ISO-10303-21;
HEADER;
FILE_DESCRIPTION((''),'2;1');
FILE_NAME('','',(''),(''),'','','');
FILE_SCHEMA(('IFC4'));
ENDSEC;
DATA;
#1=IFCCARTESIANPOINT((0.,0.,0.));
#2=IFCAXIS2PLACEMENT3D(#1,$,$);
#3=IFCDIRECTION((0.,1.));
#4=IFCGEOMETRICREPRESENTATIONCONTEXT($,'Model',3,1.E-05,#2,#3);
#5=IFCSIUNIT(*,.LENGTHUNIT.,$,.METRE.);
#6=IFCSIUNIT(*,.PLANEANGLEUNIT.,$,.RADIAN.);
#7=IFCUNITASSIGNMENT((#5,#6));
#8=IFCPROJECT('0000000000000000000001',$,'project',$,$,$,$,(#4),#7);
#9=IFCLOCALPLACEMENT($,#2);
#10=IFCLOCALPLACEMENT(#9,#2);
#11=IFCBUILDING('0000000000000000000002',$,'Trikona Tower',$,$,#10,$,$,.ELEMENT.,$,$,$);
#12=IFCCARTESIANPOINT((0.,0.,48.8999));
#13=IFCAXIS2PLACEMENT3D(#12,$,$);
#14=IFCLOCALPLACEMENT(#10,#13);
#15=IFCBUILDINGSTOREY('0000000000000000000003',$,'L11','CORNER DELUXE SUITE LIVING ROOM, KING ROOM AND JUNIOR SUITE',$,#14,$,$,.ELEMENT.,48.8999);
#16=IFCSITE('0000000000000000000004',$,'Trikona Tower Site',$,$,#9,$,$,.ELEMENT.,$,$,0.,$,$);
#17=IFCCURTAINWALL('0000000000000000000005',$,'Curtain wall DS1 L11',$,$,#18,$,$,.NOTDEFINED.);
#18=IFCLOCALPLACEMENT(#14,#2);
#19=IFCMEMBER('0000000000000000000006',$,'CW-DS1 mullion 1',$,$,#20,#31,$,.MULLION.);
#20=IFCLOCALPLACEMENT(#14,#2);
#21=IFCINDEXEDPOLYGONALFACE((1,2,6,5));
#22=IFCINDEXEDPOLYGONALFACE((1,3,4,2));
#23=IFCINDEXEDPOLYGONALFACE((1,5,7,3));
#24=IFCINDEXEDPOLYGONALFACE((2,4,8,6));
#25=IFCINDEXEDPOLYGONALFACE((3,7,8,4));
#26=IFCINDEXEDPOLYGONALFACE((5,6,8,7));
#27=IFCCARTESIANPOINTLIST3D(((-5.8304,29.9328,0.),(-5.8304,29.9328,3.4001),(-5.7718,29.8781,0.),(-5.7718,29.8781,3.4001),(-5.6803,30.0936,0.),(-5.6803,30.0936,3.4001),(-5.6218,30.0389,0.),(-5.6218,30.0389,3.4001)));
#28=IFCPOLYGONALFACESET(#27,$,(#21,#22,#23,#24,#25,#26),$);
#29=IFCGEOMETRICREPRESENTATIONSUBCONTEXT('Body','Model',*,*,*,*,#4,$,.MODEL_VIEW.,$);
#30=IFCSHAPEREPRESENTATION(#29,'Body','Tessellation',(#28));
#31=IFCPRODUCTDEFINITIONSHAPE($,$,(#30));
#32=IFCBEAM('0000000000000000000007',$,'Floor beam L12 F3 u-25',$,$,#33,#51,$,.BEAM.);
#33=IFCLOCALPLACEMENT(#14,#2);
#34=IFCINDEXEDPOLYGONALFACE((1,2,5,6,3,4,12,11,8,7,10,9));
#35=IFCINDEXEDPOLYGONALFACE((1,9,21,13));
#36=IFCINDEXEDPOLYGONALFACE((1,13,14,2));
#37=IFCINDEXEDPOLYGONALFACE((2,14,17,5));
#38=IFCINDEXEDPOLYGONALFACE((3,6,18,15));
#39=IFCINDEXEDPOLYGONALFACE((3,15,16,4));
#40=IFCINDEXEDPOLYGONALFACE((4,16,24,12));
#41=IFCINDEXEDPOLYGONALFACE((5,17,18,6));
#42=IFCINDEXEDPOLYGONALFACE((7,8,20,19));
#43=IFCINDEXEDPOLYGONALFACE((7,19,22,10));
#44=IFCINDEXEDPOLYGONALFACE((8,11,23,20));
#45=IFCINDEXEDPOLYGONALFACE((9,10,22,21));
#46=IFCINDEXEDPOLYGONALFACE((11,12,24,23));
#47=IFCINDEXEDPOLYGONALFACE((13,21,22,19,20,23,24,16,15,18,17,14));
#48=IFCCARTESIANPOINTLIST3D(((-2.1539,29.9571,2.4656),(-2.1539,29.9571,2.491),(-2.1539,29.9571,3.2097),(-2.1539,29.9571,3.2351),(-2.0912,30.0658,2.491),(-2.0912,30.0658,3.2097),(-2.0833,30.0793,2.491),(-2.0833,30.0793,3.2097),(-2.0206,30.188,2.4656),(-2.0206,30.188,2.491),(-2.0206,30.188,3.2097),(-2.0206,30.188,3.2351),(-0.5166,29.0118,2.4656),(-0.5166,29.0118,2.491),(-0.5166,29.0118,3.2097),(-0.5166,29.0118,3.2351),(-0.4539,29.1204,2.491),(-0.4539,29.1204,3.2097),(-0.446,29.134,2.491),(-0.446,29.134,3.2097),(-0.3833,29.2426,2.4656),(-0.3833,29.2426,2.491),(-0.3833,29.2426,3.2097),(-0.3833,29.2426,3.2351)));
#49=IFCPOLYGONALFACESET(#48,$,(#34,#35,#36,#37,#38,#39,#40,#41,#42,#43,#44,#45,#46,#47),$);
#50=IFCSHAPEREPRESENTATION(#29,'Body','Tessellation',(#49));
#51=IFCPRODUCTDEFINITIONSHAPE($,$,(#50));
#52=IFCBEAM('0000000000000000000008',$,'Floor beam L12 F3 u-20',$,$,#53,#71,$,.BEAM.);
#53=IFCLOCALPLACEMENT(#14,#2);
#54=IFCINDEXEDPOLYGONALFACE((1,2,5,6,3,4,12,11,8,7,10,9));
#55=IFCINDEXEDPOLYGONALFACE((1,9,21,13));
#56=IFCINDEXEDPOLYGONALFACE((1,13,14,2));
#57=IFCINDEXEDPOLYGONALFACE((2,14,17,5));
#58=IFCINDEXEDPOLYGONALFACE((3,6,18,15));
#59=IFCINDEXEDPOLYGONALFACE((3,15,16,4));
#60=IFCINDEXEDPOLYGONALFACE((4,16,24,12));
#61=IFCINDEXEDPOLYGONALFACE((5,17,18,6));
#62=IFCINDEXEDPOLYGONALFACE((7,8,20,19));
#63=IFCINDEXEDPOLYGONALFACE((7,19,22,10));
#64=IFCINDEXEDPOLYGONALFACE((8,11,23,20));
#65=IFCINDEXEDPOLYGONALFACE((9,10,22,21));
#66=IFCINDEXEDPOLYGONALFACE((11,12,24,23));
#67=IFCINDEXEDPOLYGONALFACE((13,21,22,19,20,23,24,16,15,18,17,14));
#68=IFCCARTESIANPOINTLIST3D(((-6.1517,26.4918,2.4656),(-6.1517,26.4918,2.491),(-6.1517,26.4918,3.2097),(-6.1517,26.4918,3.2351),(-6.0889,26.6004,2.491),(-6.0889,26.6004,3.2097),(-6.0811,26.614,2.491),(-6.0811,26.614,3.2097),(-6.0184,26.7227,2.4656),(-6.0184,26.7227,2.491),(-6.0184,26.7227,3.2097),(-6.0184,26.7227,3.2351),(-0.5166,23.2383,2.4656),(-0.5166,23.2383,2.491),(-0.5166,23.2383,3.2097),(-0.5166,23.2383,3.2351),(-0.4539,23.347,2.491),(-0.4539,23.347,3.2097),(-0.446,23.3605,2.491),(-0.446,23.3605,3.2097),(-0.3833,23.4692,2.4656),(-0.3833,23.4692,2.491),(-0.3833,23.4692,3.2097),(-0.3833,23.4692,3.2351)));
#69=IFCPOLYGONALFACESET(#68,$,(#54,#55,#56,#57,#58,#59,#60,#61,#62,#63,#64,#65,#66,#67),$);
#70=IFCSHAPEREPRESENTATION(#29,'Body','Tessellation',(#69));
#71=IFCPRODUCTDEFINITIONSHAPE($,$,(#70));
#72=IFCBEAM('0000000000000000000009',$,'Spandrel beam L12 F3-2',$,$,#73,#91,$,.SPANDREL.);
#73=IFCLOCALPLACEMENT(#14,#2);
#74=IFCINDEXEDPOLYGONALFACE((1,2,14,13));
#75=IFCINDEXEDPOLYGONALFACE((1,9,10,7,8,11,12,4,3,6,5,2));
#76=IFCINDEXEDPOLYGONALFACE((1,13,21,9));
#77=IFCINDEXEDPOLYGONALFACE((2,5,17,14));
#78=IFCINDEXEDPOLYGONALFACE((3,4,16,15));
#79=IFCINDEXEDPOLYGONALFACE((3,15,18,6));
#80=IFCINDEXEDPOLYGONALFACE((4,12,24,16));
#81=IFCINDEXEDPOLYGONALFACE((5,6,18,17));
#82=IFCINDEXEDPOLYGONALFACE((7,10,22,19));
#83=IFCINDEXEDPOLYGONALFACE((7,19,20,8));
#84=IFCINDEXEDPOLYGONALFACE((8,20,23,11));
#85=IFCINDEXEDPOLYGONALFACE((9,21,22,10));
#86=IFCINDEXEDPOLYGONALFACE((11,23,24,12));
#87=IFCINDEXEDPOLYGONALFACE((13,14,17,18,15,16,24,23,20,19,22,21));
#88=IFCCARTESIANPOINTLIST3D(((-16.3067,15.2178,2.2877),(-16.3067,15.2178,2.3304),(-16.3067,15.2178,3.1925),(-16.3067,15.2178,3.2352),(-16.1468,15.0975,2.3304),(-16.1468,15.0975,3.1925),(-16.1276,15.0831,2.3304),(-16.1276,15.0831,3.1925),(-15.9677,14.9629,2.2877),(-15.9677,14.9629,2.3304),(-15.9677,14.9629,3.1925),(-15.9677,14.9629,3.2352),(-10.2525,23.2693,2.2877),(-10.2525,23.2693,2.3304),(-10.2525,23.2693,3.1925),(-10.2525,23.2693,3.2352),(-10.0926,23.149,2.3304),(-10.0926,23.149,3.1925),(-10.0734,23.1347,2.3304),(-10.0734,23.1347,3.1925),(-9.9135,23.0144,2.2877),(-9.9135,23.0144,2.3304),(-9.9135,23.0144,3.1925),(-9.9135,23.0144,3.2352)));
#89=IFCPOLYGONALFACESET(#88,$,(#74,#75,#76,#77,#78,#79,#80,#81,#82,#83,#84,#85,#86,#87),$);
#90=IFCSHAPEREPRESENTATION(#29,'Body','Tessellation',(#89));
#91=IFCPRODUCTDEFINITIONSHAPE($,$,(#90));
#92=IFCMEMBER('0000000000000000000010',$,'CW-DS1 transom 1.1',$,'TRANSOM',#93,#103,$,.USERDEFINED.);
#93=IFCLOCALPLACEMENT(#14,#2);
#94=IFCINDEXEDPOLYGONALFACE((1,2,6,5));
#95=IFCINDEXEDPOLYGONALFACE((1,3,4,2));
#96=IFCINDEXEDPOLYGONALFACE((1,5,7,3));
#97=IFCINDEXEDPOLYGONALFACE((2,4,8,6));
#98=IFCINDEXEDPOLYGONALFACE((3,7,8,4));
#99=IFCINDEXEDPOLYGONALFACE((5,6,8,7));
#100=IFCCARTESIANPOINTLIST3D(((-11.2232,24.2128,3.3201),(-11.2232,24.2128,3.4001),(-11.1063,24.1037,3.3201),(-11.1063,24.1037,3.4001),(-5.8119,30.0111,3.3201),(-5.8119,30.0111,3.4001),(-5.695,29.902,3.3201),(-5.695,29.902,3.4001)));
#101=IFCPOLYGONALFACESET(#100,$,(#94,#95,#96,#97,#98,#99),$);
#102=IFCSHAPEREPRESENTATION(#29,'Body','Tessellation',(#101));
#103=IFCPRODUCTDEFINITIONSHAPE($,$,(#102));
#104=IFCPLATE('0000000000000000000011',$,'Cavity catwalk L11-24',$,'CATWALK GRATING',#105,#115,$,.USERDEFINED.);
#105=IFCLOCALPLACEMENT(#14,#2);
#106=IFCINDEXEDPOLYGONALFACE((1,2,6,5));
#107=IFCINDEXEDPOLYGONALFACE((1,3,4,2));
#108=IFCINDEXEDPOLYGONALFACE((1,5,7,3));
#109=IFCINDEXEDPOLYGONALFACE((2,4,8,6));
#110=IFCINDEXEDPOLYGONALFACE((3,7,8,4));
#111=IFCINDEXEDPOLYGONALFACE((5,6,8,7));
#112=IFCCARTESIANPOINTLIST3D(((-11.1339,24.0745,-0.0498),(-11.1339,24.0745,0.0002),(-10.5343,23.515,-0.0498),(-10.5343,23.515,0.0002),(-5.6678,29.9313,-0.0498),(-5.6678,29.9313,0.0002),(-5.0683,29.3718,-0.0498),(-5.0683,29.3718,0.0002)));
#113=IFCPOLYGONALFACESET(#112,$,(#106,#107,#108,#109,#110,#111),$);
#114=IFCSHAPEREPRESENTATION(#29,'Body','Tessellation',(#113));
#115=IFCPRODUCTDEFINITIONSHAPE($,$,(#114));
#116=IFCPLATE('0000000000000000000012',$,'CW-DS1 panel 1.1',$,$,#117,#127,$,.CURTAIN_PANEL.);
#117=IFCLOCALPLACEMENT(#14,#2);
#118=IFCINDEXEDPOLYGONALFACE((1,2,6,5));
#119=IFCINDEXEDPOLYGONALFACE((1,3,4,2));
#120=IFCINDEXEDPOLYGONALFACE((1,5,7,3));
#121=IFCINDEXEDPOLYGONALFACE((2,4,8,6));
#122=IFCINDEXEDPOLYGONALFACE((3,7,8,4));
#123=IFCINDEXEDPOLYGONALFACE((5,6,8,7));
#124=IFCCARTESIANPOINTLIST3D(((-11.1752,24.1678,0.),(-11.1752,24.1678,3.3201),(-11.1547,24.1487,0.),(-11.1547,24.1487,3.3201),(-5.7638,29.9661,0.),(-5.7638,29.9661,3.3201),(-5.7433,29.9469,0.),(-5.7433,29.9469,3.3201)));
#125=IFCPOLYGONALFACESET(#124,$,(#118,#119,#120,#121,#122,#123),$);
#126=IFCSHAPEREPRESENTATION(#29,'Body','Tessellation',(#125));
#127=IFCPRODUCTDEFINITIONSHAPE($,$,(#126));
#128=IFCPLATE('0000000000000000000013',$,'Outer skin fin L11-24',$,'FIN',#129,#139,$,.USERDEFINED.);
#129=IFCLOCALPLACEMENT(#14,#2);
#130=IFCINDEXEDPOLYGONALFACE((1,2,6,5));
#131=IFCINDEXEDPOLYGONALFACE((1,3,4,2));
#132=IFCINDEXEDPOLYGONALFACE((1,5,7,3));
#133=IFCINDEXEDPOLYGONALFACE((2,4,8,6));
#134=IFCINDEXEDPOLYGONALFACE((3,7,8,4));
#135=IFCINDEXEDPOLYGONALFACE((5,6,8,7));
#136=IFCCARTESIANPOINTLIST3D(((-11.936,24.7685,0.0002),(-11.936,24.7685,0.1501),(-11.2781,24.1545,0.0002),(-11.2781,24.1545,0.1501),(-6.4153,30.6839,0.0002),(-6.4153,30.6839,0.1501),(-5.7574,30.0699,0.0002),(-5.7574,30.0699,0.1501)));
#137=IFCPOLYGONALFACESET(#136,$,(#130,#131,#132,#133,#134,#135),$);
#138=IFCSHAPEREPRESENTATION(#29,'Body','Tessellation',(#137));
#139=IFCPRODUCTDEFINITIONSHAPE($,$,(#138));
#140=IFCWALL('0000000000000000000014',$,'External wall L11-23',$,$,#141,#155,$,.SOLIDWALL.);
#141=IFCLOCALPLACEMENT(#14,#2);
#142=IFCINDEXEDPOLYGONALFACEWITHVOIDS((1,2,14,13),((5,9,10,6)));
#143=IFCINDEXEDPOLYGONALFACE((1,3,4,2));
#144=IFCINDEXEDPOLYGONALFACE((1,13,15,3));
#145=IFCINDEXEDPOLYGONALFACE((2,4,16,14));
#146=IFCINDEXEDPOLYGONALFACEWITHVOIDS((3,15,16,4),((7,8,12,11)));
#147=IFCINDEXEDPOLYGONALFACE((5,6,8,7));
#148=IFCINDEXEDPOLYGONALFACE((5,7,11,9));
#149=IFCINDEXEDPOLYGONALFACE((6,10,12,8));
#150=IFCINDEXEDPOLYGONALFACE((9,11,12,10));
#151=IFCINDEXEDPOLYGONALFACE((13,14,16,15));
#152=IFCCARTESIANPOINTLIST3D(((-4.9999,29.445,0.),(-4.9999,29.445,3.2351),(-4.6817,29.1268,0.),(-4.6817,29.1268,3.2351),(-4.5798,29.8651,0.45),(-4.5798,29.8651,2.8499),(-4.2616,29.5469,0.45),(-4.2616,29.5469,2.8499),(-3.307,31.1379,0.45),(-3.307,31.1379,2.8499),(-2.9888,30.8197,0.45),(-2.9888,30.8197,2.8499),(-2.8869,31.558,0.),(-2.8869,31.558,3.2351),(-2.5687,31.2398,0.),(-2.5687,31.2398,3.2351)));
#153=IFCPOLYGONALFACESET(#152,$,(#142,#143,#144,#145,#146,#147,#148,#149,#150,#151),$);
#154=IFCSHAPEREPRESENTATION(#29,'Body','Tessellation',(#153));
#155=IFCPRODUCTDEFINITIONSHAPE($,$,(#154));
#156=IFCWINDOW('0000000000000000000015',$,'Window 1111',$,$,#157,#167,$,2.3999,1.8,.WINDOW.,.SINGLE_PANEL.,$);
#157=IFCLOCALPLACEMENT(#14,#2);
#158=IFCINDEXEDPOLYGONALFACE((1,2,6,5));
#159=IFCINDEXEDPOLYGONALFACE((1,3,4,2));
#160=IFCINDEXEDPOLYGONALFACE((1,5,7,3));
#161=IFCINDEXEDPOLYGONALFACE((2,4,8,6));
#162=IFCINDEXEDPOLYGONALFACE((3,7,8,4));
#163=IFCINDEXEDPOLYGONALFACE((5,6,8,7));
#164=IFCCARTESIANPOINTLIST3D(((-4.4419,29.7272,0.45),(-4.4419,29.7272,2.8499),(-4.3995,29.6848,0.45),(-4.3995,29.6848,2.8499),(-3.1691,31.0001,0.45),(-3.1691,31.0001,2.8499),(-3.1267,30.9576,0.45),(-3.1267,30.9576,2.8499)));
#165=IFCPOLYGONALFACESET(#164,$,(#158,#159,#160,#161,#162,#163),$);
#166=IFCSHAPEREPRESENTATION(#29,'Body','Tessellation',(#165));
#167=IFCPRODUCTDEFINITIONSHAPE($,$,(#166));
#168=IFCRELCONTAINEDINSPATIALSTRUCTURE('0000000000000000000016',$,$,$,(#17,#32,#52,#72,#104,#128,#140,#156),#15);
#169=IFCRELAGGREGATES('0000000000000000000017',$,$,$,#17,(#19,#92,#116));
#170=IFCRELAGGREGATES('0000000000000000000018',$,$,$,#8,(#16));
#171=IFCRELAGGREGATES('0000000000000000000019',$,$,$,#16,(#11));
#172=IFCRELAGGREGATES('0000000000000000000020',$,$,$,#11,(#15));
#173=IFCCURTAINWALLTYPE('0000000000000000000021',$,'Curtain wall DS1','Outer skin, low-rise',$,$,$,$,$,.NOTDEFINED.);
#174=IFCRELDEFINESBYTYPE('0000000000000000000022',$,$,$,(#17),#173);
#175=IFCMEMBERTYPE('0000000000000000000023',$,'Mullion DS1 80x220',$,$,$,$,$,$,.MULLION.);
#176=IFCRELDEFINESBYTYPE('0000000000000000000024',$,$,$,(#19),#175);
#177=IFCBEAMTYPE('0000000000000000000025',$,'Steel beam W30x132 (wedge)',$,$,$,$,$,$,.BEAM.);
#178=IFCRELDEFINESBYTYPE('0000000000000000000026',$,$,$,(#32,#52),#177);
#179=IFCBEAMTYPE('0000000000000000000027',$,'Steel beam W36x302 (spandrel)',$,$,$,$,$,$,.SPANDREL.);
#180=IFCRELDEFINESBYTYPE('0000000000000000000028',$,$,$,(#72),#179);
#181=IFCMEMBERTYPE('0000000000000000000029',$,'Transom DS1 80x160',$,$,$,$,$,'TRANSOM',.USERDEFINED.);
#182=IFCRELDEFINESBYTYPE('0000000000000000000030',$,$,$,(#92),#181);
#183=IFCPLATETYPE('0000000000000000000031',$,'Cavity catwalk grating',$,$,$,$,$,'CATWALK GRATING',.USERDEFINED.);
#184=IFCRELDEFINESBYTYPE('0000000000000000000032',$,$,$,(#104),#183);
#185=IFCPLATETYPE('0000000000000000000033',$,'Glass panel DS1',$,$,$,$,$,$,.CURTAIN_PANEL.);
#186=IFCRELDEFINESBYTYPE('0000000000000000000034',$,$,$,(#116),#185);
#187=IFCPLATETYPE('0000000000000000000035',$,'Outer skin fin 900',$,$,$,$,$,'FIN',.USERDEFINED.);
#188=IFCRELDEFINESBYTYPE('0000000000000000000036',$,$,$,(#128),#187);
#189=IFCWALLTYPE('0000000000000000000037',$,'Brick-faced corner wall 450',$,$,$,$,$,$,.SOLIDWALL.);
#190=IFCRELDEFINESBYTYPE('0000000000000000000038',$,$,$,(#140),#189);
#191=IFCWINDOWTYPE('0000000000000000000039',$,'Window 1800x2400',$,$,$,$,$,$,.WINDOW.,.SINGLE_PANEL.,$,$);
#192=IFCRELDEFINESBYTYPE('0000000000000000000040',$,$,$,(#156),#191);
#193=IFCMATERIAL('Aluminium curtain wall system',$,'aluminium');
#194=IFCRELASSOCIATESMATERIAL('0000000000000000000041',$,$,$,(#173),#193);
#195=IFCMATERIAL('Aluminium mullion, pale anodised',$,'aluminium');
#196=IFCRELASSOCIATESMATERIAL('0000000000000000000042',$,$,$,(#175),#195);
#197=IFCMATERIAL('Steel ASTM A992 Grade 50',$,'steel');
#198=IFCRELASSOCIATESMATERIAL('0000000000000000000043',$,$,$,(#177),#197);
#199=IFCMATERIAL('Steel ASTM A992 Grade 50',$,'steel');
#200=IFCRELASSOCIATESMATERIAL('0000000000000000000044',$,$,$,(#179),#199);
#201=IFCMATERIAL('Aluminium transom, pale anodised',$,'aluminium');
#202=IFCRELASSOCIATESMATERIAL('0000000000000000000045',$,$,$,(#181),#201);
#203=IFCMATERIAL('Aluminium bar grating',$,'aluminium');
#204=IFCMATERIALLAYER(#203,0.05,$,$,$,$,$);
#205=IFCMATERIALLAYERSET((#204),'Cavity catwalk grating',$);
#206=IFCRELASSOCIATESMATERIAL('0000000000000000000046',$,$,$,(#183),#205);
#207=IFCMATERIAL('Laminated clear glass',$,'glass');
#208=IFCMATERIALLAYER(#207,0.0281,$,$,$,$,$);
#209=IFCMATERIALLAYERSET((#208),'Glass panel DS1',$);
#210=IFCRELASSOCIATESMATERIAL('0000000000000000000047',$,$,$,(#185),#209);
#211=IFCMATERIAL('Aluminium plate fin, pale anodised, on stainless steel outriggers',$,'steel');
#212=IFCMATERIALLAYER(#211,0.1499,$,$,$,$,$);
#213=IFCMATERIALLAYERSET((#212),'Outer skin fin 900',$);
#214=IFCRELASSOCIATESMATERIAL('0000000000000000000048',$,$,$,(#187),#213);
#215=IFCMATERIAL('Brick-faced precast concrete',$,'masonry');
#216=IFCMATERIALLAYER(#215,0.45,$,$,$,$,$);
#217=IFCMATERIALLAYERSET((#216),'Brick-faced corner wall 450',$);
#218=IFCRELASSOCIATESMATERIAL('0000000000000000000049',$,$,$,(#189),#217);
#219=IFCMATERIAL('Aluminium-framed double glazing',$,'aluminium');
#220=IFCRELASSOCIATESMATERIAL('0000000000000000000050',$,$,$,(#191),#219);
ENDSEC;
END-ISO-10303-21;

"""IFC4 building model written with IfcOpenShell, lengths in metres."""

from ifc_helpers import new_model, si_unit, direction, frame, frame_2d, origin, origin_2d, place, context, subcontext, project, spatial, rectangle, i_section, extrude, material, layer, layer_set, material_profile, profile_set, type_object, element, fill, aggregate, save


model = new_model("IFC4")

# Units and contexts
model_context = context("Model", 3, precision=1e-05, world=origin(), true_north=direction((0.0, 1.0)))
body_context = subcontext(model_context, "Body", "Model", "MODEL_VIEW")
ifc_project = project(units=[si_unit("LENGTHUNIT", "METRE"), si_unit("PLANEANGLEUNIT", "RADIAN")], contexts=[model_context])

# Site, building, storey
site_placement = place(None, origin())
site = spatial("IfcSite", under=ifc_project, at=site_placement, Name="Trikona Tower Site", CompositionType="ELEMENT", RefElevation=0.0)
building_placement = place(site_placement, origin())
building = spatial("IfcBuilding", under=site, at=building_placement, Name="Trikona Tower", CompositionType="ELEMENT")
storey_placement = place(building_placement, frame((0.0, 0.0, 48.8999)))
storey = spatial("IfcBuildingStorey", under=building, at=storey_placement, Name="L11", Description="CORNER DELUXE SUITE LIVING ROOM, KING ROOM AND JUNIOR SUITE", CompositionType="ELEMENT", Elevation=48.8999)

# Curtain wall, member
ifc_material_1 = material(Name="Aluminium curtain wall system", Category="aluminium")
curtain_wall_type = type_object("IfcCurtainWallType", Name="Curtain wall DS1", Description="Outer skin, low-rise", PredefinedType="NOTDEFINED", material=ifc_material_1)
curtain_wall_placement = place(storey_placement, origin())
curtain_wall = element("IfcCurtainWall", 1, at=curtain_wall_placement, inside=storey, type_object=curtain_wall_type, Name="Curtain wall DS1 L11", PredefinedType="NOTDEFINED")
ifc_material_2 = material(Name="Aluminium mullion, pale anodised", Category="aluminium")
ifc_material_profile_1 = material_profile(ifc_material_2, rectangle(XDim=0.0801, YDim=0.22, at=origin_2d()), Name="MUL-DS1")
ifc_profile_set_1 = profile_set([ifc_material_profile_1], Name="Aluminium mullion, pale anodised")
member_type_1 = type_object("IfcMemberType", Name="Mullion DS1 80x220", PredefinedType="MULLION", material=ifc_profile_set_1)
member_1_placement = place(storey_placement, frame((-5.7261, 29.9858, 0.0), z_axis=(0.0, 0.0, 1.0), x_axis=(0.731077, -0.682295, 0.0)))
member_1 = element("IfcMember", 2, at=member_1_placement, type_object=member_type_1, Name="CW-DS1 mullion 1", PredefinedType="MULLION", context=body_context, shape_type="SweptSolid", body=[
    extrude(rectangle(XDim=0.0801, YDim=0.22, at=origin_2d()), origin(), (0.0, 0.0, 1.0), 3.4001),
])

# Beams
ifc_material_3 = material(Name="Steel ASTM A992 Grade 50", Category="steel")
ifc_material_profile_2 = material_profile(ifc_material_3, i_section(OverallWidth=0.2666, OverallDepth=0.7695, WebThickness=0.0156, FlangeThickness=0.0254, at=origin_2d()), Name="W30X132")
ifc_profile_set_2 = profile_set([ifc_material_profile_2], Name="Steel ASTM A992 Grade 50")
beam_type_1 = type_object("IfcBeamType", Name="Steel beam W30x132 (wedge)", PredefinedType="BEAM", material=ifc_profile_set_2)
beam_1_placement = place(storey_placement, frame((-0.45, 29.1272, 2.8503), z_axis=(-0.866009, 0.500028, 0.0), x_axis=(-0.500028, -0.866009, 0.0)))
element("IfcBeam", 3, at=beam_1_placement, inside=storey, type_object=beam_type_1, Name="Floor beam L12 F3 u-25", PredefinedType="BEAM", context=body_context, shape_type="SweptSolid", body=[
    extrude(i_section(OverallWidth=0.2666, OverallDepth=0.7695, WebThickness=0.0156, FlangeThickness=0.0254, at=origin_2d()), origin(), (0.0, 0.0, 1.0), 1.8906),
])
beam_2_placement = place(storey_placement, frame((-0.45, 23.3538, 2.8503), z_axis=(-0.866023, 0.500005, 0.0), x_axis=(-0.500005, -0.866023, 0.0)))
element("IfcBeam", 4, at=beam_2_placement, inside=storey, type_object=beam_type_1, Name="Floor beam L12 F3 u-20", PredefinedType="BEAM", context=body_context, shape_type="SweptSolid", body=[
    extrude(i_section(OverallWidth=0.2666, OverallDepth=0.7695, WebThickness=0.0156, FlangeThickness=0.0254, at=origin_2d()), origin(), (0.0, 0.0, 1.0), 6.5068),
])
ifc_material_4 = material(Name="Steel ASTM A992 Grade 50", Category="steel")
ifc_material_profile_3 = material_profile(ifc_material_4, i_section(OverallWidth=0.4241, OverallDepth=0.9475, WebThickness=0.0239, FlangeThickness=0.0427, at=origin_2d()), Name="W36X302")
ifc_profile_set_3 = profile_set([ifc_material_profile_3], Name="Steel ASTM A992 Grade 50")
beam_type_2 = type_object("IfcBeamType", Name="Steel beam W36x302 (spandrel)", PredefinedType="SPANDREL", material=ifc_profile_set_3)
beam_3_placement = place(storey_placement, frame((-10.083, 23.1418, 2.7615), z_axis=(-0.600988, -0.799258, 0.0), x_axis=(0.799258, -0.600988, 0.0)))
element("IfcBeam", 5, at=beam_3_placement, inside=storey, type_object=beam_type_2, Name="Spandrel beam L12 F3-2", PredefinedType="SPANDREL", context=body_context, shape_type="SweptSolid", body=[
    extrude(i_section(OverallWidth=0.4241, OverallDepth=0.9475, WebThickness=0.0239, FlangeThickness=0.0427, at=origin_2d()), origin(), (0.0, 0.0, 1.0), 10.0737),
])

# Member
ifc_material_5 = material(Name="Aluminium transom, pale anodised", Category="aluminium")
ifc_material_profile_4 = material_profile(ifc_material_5, rectangle(XDim=0.1599, YDim=0.0801, at=origin_2d()), Name="TRN-DS1")
ifc_profile_set_4 = profile_set([ifc_material_profile_4], Name="Aluminium transom, pale anodised")
member_type_2 = type_object("IfcMemberType", Name="Transom DS1 80x160", ElementType="TRANSOM", PredefinedType="USERDEFINED", material=ifc_profile_set_4)
member_2_placement = place(storey_placement, frame((-5.7534, 29.9565, 3.3601), z_axis=(-0.682291, -0.731081, 0.0), x_axis=(0.731081, -0.682291, 0.0)))
member_2 = element("IfcMember", 6, at=member_2_placement, type_object=member_type_2, Name="CW-DS1 transom 1.1", ObjectType="TRANSOM", PredefinedType="USERDEFINED", context=body_context, shape_type="SweptSolid", body=[
    extrude(rectangle(XDim=0.1599, YDim=0.0801, at=origin_2d()), origin(), (0.0, 0.0, 1.0), 7.9312),
])

# Plates
ifc_material_6 = material(Name="Aluminium bar grating", Category="aluminium")
ifc_layer_1 = layer(ifc_material_6, 0.05)
ifc_layer_set_1 = layer_set([ifc_layer_1], Name="Cavity catwalk grating")
plate_type_1 = type_object("IfcPlateType", Name="Cavity catwalk grating", ElementType="CATWALK GRATING", PredefinedType="USERDEFINED", material=ifc_layer_set_1)
plate_1_placement = place(storey_placement, frame((-8.1011, 26.7231, -0.0498), z_axis=(0.0, 0.0, 1.0), x_axis=(-0.682298, -0.731074, 0.0)))
element("IfcPlate", 7, at=plate_1_placement, inside=storey, type_object=plate_type_1, Name="Cavity catwalk L11-24", ObjectType="CATWALK GRATING", PredefinedType="USERDEFINED", context=body_context, shape_type="SweptSolid", body=[
    extrude(rectangle(XDim=8.0112, YDim=0.8201, at=origin_2d()), origin(), (0.0, 0.0, 1.0), 0.05),
])
ifc_material_7 = material(Name="Laminated clear glass", Category="glass")
ifc_layer_2 = layer(ifc_material_7, 0.0281)
ifc_layer_set_2 = layer_set([ifc_layer_2], Name="Glass panel DS1")
plate_type_2 = type_object("IfcPlateType", Name="Glass panel DS1", PredefinedType="CURTAIN_PANEL", material=ifc_layer_set_2)
plate_2_placement = place(storey_placement, frame((-8.4592, 27.0574, 0.0), z_axis=(0.0, 0.0, 1.0), x_axis=(-0.682295, -0.731077, 0.0)))
plate_2 = element("IfcPlate", 8, at=plate_2_placement, type_object=plate_type_2, Name="CW-DS1 panel 1.1", PredefinedType="CURTAIN_PANEL", context=body_context, shape_type="SweptSolid", body=[
    extrude(rectangle(XDim=7.9312, YDim=0.0281, at=origin_2d()), origin(), (0.0, 0.0, 1.0), 3.3201),
])
aggregate(curtain_wall, [member_1, member_2, plate_2])
ifc_material_8 = material(Name="Aluminium plate fin, pale anodised, on stainless steel outriggers", Category="steel")
ifc_layer_3 = layer(ifc_material_8, 0.1499)
ifc_layer_set_3 = layer_set([ifc_layer_3], Name="Outer skin fin 900")
plate_type_3 = type_object("IfcPlateType", Name="Outer skin fin 900", ElementType="FIN", PredefinedType="USERDEFINED", material=ifc_layer_set_3)
plate_3_placement = place(storey_placement, frame((-8.8467, 27.4192, 0.0002), z_axis=(0.0, 0.0, 1.0), x_axis=(-0.682298, -0.731074, 0.0)))
element("IfcPlate", 9, at=plate_3_placement, inside=storey, type_object=plate_type_3, Name="Outer skin fin L11-24", ObjectType="FIN", PredefinedType="USERDEFINED", context=body_context, shape_type="SweptSolid", body=[
    extrude(rectangle(XDim=8.0913, YDim=0.8999, at=origin_2d()), origin(), (0.0, 0.0, 1.0), 0.1499),
])

# Wall, opening, window
ifc_material_9 = material(Name="Brick-faced precast concrete", Category="masonry")
ifc_layer_4 = layer(ifc_material_9, 0.45)
ifc_layer_set_4 = layer_set([ifc_layer_4], Name="Brick-faced corner wall 450")
wall_type_1 = type_object("IfcWallType", Name="Brick-faced corner wall 450", PredefinedType="SOLIDWALL", material=ifc_layer_set_4)
wall_1_placement = place(storey_placement, frame((-2.7278, 31.3989, 0.0), z_axis=(0.0, 0.0, 1.0), x_axis=(-0.707107, -0.707107, 0.0)))
wall_1 = element("IfcWall", 10, at=wall_1_placement, inside=storey, type_object=wall_type_1, Name="External wall L11-23", PredefinedType="SOLIDWALL", context=body_context, shape_type="SweptSolid", body=[
    extrude(rectangle(XDim=2.9883, YDim=0.45, at=frame_2d((1.4941, 0.0))), origin(), (0.0, 0.0, 1.0), 3.2351),
])
opening_1_placement = place(wall_1_placement, frame((0.5942, 0.0, 0.45)))
opening_1 = element("IfcOpeningElement", 11, at=opening_1_placement, cuts=wall_1, PredefinedType="OPENING", context=body_context, shape_type="SweptSolid", body=[
    extrude(rectangle(XDim=1.8, YDim=2.3999, at=frame_2d((0.8999, 1.2))), frame((0.0, 0.2349, 0.0), z_axis=(0.0, -1.0, 0.0), x_axis=(1.0, 0.0, 0.0)), (0.0, 0.0, 1.0), 0.47),
])
ifc_material_10 = material(Name="Aluminium-framed double glazing", Category="aluminium")
window_type_1 = type_object("IfcWindowType", Name="Window 1800x2400", PartitioningType="SINGLE_PANEL", PredefinedType="WINDOW", material=ifc_material_10)
window_1_placement = place(opening_1_placement, origin())
window_1 = element("IfcWindow", 12, at=window_1_placement, inside=storey, type_object=window_type_1, Name="Window 1111", OverallHeight=2.3999, OverallWidth=1.8, PartitioningType="SINGLE_PANEL", PredefinedType="WINDOW", context=body_context, shape_type="SweptSolid", body=[
    extrude(rectangle(XDim=1.8, YDim=2.3999, at=frame_2d((0.8999, 1.2))), frame((0.0, 0.03, 0.0), z_axis=(0.0, -1.0, 0.0), x_axis=(1.0, 0.0, 0.0)), (0.0, 0.0, 1.0), 0.0601),
])
fill(opening_1, window_1)

save(model, "model.ifc")
